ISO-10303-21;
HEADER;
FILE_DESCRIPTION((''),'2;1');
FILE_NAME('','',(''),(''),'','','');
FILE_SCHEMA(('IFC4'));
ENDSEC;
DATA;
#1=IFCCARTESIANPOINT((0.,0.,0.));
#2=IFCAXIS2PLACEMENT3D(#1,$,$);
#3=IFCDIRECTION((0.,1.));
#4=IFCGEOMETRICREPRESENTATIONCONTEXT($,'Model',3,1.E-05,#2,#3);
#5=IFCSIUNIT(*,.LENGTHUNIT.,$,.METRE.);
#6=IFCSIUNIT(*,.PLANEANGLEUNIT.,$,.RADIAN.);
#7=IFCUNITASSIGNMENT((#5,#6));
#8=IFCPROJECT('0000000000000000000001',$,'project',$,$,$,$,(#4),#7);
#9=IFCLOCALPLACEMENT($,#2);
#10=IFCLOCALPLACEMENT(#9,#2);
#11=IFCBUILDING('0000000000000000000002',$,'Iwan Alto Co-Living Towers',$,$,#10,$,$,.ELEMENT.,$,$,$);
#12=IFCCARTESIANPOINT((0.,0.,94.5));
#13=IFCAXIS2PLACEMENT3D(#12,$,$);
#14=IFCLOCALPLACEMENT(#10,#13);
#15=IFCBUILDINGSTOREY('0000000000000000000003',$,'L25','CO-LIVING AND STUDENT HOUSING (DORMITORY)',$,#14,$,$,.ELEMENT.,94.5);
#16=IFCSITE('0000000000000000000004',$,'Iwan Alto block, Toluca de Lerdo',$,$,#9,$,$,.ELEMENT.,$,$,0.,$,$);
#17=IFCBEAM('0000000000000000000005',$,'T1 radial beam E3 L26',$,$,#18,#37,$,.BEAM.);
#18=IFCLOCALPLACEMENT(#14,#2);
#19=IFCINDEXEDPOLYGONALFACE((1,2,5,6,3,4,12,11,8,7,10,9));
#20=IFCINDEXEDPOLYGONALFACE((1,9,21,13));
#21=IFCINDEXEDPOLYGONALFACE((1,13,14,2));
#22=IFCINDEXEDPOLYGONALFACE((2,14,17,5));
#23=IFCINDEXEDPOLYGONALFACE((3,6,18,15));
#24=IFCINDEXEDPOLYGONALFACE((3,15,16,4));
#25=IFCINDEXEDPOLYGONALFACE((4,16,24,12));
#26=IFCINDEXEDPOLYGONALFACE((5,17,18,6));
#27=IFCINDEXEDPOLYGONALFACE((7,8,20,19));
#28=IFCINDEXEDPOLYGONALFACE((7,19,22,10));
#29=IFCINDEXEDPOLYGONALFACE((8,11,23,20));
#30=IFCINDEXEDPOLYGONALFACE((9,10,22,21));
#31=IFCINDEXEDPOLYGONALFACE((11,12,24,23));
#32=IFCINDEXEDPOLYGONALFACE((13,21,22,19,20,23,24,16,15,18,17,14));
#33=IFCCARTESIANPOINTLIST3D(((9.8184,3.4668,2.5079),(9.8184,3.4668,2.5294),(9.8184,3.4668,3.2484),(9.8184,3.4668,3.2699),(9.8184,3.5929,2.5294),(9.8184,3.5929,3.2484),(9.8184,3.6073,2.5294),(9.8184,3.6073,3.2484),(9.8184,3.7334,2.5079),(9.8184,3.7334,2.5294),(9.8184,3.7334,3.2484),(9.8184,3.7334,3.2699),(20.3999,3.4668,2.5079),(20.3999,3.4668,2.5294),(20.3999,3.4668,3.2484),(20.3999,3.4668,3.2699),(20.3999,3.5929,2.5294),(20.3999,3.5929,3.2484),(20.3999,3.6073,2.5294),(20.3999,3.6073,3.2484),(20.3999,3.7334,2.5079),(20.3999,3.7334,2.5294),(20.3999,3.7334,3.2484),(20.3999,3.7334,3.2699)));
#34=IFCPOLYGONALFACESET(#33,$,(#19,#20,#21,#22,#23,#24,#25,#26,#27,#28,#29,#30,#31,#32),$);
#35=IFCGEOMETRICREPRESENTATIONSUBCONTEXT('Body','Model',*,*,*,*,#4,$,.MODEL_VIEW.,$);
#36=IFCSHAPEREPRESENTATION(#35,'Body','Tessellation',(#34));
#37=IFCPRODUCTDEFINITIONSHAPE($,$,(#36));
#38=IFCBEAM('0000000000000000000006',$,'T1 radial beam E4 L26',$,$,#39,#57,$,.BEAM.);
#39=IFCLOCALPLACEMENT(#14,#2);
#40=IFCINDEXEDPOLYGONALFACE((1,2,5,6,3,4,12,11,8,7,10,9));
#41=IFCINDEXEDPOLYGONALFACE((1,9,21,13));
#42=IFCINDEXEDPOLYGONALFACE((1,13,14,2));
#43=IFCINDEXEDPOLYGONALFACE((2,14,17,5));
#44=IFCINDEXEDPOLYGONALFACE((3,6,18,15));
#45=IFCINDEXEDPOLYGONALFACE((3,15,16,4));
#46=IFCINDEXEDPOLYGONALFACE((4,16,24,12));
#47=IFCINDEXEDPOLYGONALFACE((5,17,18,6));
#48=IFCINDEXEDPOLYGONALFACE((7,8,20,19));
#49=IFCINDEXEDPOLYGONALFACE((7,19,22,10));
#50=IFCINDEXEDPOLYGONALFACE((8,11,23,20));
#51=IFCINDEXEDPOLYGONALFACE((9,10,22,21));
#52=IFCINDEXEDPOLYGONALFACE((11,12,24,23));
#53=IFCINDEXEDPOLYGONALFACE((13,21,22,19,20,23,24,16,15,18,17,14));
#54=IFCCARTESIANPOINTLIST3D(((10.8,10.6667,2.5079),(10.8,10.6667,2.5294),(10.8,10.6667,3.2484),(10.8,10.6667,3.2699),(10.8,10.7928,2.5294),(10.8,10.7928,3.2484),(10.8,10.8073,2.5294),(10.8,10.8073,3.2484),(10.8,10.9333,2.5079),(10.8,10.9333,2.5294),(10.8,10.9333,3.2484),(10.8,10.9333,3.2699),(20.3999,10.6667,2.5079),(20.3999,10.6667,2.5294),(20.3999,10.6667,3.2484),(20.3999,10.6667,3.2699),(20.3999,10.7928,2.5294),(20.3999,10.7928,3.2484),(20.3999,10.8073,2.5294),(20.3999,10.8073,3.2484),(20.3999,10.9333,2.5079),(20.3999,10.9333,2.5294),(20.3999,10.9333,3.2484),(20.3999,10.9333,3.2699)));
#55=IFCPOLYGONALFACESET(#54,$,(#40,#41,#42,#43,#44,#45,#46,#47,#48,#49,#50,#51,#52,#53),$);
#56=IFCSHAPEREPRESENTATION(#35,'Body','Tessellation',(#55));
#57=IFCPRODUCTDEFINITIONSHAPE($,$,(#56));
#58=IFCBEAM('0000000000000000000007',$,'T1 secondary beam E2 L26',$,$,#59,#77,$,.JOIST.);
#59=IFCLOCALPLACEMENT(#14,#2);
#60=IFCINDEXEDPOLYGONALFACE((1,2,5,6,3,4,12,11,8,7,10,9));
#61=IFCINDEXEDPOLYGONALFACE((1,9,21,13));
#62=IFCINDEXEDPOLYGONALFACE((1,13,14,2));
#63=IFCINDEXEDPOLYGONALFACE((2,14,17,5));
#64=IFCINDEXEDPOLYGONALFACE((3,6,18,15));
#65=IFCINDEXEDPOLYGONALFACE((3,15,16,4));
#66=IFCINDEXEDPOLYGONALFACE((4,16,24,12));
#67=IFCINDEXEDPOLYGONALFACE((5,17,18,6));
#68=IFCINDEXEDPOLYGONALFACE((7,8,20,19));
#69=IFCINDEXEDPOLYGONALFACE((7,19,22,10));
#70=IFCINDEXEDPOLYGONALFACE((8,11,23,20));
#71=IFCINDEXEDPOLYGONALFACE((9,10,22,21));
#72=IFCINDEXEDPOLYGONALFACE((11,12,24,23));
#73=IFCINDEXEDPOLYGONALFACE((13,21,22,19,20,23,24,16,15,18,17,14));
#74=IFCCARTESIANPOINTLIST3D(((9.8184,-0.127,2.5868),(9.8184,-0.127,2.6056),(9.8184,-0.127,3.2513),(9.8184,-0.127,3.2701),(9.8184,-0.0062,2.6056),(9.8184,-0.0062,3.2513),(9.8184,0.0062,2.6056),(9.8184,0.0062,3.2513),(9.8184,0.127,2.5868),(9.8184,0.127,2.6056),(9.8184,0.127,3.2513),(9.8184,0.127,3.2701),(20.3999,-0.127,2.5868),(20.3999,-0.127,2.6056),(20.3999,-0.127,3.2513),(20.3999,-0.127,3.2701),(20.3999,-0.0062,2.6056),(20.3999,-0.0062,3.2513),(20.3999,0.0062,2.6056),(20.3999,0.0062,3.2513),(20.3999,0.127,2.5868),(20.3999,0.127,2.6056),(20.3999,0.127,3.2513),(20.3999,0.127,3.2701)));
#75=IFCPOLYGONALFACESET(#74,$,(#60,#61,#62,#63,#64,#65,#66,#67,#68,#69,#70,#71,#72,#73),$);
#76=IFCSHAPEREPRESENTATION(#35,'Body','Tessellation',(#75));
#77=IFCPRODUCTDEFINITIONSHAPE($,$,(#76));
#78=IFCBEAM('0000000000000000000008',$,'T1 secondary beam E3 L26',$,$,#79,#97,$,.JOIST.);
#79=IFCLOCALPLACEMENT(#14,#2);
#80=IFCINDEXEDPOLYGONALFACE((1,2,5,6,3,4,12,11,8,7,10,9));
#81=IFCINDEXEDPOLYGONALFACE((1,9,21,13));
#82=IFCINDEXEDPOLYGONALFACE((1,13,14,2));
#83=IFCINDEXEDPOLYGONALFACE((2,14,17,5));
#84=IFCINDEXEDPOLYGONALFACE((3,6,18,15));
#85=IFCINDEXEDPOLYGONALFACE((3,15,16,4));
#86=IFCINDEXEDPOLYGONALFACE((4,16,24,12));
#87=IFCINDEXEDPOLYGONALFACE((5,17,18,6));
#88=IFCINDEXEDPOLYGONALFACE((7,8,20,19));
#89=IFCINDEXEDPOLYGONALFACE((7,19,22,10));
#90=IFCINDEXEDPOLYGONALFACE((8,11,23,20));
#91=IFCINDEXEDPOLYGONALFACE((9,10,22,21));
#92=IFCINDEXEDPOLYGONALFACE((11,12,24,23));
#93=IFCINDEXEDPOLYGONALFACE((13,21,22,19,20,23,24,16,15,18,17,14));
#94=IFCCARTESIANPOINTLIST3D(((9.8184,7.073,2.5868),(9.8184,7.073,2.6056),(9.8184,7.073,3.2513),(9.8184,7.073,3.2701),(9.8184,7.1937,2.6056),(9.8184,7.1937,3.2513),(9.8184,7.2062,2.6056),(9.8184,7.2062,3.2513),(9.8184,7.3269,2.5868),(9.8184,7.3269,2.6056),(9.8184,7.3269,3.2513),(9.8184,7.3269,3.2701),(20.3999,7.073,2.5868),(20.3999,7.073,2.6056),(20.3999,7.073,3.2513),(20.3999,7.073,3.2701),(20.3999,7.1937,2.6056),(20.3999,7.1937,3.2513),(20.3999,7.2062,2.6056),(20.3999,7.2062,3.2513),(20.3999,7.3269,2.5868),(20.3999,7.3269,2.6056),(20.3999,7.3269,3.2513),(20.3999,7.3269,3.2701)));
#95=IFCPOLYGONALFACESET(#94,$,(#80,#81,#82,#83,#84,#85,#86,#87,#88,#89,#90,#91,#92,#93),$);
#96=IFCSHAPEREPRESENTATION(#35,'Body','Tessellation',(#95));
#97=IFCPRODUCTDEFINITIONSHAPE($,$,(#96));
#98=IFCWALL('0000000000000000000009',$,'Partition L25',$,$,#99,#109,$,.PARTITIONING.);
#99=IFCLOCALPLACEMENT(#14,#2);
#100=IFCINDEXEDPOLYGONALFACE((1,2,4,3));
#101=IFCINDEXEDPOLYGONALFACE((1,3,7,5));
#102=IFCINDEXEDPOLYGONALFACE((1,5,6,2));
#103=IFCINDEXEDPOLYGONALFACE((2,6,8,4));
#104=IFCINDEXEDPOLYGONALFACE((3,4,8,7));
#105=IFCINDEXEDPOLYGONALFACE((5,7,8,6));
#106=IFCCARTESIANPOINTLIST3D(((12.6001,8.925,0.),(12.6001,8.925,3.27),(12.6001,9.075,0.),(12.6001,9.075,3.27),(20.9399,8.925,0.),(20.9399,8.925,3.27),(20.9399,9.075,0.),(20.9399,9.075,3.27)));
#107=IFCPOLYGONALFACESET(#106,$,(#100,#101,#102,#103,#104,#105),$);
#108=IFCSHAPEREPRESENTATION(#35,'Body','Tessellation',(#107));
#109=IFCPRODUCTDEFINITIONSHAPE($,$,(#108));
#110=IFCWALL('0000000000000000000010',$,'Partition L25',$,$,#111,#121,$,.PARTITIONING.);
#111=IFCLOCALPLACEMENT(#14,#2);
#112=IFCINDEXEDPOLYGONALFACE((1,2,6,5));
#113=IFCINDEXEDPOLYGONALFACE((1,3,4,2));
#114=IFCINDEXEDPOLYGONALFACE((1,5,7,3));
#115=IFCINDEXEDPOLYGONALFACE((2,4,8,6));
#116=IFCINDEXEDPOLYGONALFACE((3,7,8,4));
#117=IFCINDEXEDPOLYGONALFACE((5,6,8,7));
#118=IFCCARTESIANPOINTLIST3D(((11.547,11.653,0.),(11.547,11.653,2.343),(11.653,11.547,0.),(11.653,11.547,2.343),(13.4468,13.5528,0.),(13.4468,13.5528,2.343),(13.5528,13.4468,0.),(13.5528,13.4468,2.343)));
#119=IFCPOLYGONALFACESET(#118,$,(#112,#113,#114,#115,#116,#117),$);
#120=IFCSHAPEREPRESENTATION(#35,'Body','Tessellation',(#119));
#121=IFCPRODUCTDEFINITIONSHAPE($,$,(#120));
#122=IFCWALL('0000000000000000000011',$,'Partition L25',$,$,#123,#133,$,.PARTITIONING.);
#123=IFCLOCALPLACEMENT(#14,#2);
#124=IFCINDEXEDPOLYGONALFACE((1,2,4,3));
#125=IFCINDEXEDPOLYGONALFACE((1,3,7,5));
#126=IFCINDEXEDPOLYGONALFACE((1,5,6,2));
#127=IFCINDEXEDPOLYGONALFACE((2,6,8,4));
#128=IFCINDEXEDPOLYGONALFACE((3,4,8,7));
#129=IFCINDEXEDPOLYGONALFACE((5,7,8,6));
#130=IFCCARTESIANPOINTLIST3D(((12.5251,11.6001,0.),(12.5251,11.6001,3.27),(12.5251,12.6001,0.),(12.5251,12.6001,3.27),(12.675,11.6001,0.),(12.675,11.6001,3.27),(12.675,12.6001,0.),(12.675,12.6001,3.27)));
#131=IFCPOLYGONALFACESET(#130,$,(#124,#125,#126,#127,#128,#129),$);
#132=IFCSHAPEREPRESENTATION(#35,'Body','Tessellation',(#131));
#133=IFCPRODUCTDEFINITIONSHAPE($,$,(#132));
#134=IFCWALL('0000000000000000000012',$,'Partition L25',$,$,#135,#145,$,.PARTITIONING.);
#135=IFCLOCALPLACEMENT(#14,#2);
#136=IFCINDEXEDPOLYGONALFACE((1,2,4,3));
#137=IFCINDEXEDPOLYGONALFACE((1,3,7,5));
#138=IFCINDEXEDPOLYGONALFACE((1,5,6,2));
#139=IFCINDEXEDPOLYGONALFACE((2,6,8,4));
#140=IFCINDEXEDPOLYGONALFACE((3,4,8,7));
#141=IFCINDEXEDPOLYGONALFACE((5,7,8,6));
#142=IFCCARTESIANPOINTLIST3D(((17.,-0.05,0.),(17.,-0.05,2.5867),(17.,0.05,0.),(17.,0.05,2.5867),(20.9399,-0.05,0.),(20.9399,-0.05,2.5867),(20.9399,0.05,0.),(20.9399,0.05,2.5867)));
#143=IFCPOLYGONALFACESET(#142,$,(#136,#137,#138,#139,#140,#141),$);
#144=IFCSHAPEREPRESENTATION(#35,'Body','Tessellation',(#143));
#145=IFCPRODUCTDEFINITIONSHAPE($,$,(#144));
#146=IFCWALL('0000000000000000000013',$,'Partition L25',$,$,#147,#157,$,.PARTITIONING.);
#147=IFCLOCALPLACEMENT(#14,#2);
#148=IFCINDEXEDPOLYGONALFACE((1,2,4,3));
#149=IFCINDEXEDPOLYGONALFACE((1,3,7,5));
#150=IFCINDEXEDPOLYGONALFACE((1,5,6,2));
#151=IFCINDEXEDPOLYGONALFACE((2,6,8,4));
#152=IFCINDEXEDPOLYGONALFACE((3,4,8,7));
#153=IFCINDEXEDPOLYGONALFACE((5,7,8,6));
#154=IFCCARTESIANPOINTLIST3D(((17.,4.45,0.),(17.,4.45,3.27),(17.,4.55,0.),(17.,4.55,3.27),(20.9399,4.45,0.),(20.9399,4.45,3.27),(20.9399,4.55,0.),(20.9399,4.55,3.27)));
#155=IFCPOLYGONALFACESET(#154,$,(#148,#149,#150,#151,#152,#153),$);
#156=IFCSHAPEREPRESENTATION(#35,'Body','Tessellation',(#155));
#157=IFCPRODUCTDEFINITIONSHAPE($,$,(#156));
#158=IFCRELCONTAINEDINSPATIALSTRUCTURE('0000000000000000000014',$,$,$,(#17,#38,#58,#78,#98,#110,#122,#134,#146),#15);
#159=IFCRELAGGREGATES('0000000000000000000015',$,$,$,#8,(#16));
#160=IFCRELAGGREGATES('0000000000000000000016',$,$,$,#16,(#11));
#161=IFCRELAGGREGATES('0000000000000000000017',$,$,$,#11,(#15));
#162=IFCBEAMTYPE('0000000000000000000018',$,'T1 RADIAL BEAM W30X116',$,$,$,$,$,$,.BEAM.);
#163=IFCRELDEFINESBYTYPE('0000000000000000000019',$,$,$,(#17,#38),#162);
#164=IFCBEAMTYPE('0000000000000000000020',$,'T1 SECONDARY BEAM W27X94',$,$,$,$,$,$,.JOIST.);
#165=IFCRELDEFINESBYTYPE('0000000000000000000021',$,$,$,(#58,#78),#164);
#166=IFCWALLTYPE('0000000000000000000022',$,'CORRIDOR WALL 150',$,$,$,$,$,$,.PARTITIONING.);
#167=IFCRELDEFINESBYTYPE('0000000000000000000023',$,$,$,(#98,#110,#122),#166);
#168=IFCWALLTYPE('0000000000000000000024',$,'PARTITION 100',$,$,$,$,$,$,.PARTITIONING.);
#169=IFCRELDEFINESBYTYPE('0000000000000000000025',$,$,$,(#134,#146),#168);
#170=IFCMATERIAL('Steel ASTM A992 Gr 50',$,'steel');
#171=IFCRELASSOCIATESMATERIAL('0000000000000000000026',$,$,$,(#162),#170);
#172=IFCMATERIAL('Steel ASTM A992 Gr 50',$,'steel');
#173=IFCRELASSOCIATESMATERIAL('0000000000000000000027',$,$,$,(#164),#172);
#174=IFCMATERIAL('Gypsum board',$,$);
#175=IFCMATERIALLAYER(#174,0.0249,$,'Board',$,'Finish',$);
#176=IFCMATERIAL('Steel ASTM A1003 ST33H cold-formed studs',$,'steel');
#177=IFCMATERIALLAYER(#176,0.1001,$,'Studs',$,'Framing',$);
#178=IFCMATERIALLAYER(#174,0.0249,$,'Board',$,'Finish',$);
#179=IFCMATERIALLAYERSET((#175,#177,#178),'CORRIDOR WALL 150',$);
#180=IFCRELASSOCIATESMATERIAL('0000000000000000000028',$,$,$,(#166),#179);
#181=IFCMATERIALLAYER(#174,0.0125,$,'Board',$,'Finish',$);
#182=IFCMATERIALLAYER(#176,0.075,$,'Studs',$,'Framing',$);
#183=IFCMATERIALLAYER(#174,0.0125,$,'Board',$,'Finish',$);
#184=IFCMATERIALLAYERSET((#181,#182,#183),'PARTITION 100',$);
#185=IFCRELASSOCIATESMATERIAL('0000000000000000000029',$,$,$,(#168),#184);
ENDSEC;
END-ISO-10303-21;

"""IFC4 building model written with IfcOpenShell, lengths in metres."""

from ifc_helpers import new_model, si_unit, direction, frame, frame_2d, origin, origin_2d, place, context, subcontext, project, spatial, rectangle, i_section, extrude, material, layer, layer_set, material_profile, profile_set, type_object, element, save


model = new_model("IFC4")

# Units and contexts
model_context = context("Model", 3, precision=1e-05, world=origin(), true_north=direction((0.0, 1.0)))
body_context = subcontext(model_context, "Body", "Model", "MODEL_VIEW")
ifc_project = project(units=[si_unit("LENGTHUNIT", "METRE"), si_unit("PLANEANGLEUNIT", "RADIAN")], contexts=[model_context])

# Site, building, storey
site_placement = place(None, origin())
site = spatial("IfcSite", under=ifc_project, at=site_placement, Name="Iwan Alto block, Toluca de Lerdo", CompositionType="ELEMENT", RefElevation=0.0)
building_placement = place(site_placement, origin())
building = spatial("IfcBuilding", under=site, at=building_placement, Name="Iwan Alto Co-Living Towers", CompositionType="ELEMENT")
storey_placement = place(building_placement, frame((0.0, 0.0, 94.5)))
storey = spatial("IfcBuildingStorey", under=building, at=storey_placement, Name="L25", Description="CO-LIVING AND STUDENT HOUSING (DORMITORY)", CompositionType="ELEMENT", Elevation=94.5)

# Beams
ifc_material_1 = material(Name="Steel ASTM A992 Gr 50", Category="steel")
ifc_material_profile_1 = material_profile(ifc_material_1, i_section(OverallWidth=0.2666, OverallDepth=0.762, WebThickness=0.0144, FlangeThickness=0.0215, at=origin_2d()), Name="W30X116")
ifc_profile_set_1 = profile_set([ifc_material_profile_1], Name="Steel ASTM A992 Gr 50")
beam_type_1 = type_object("IfcBeamType", Name="T1 RADIAL BEAM W30X116", PredefinedType="BEAM", material=ifc_profile_set_1)
beam_1_placement = place(storey_placement, frame((20.3999, 3.6001, 2.8889), z_axis=(-1.0, 0.0, 0.0), x_axis=(0.0, -1.0, 0.0)))
element("IfcBeam", 1, at=beam_1_placement, inside=storey, type_object=beam_type_1, Name="T1 radial beam E3 L26", PredefinedType="BEAM", context=body_context, shape_type="SweptSolid", body=[
    extrude(i_section(OverallWidth=0.2666, OverallDepth=0.762, WebThickness=0.0144, FlangeThickness=0.0215, at=origin_2d()), origin(), (0.0, 0.0, 1.0), 10.5815),
])
beam_2_placement = place(storey_placement, frame((20.3999, 10.8, 2.8889), z_axis=(-1.0, 0.0, 0.0), x_axis=(0.0, -1.0, 0.0)))
element("IfcBeam", 2, at=beam_2_placement, inside=storey, type_object=beam_type_1, Name="T1 radial beam E4 L26", PredefinedType="BEAM", context=body_context, shape_type="SweptSolid", body=[
    extrude(i_section(OverallWidth=0.2666, OverallDepth=0.762, WebThickness=0.0144, FlangeThickness=0.0215, at=origin_2d()), origin(), (0.0, 0.0, 1.0), 9.5999),
])
ifc_material_2 = material(Name="Steel ASTM A992 Gr 50", Category="steel")
ifc_material_profile_2 = material_profile(ifc_material_2, i_section(OverallWidth=0.2539, OverallDepth=0.6833, WebThickness=0.0125, FlangeThickness=0.0188, at=origin_2d()), Name="W27X94")
ifc_profile_set_2 = profile_set([ifc_material_profile_2], Name="Steel ASTM A992 Gr 50")
beam_type_2 = type_object("IfcBeamType", Name="T1 SECONDARY BEAM W27X94", PredefinedType="JOIST", material=ifc_profile_set_2)
for number, where, z_axis, x_axis, name in (
    (3, (20.3999, 0.0, 2.9285), (-1.0, 0.0, 0.0), (0.0, -1.0, 0.0), "T1 secondary beam E2 L26"),
    (4, (20.3999, 7.2, 2.9285), (-1.0, 0.0, 0.0), (0.0, -1.0, 0.0), "T1 secondary beam E3 L26"),
):
    element("IfcBeam", number, at=place(storey_placement, frame(where, z_axis=z_axis, x_axis=x_axis)), inside=storey, type_object=beam_type_2, Name=name, PredefinedType="JOIST", context=body_context, shape_type="SweptSolid", body=[
        extrude(i_section(OverallWidth=0.2539, OverallDepth=0.6833, WebThickness=0.0125, FlangeThickness=0.0188, at=origin_2d()), origin(), (0.0, 0.0, 1.0), 10.5815),
    ])

# Walls
ifc_material_3 = material(Name="Gypsum board")
ifc_layer_1 = layer(ifc_material_3, 0.0249, Name="Board", Category="Finish")
ifc_material_4 = material(Name="Steel ASTM A1003 ST33H cold-formed studs", Category="steel")
ifc_layer_2 = layer(ifc_material_4, 0.1001, Name="Studs", Category="Framing")
ifc_layer_3 = layer(ifc_material_3, 0.0249, Name="Board", Category="Finish")
ifc_layer_set_1 = layer_set([ifc_layer_1, ifc_layer_2, ifc_layer_3], Name="CORRIDOR WALL 150")
wall_type_1 = type_object("IfcWallType", Name="CORRIDOR WALL 150", PredefinedType="PARTITIONING", material=ifc_layer_set_1)
wall_1_placement = place(storey_placement, frame((12.6001, 9.0, 0.0), z_axis=(0.0, 0.0, 1.0), x_axis=(1.0, 0.0, 0.0)))
element("IfcWall", 5, at=wall_1_placement, inside=storey, type_object=wall_type_1, Name="Partition L25", PredefinedType="PARTITIONING", context=body_context, shape_type="SweptSolid", body=[
    extrude(rectangle(XDim=8.3398, YDim=0.1499, at=frame_2d((4.1699, 0.0))), origin(), (0.0, 0.0, 1.0), 3.27),
])
wall_2_placement = place(storey_placement, frame((11.6001, 11.6001, 0.0), z_axis=(0.0, 0.0, 1.0), x_axis=(0.707107, 0.707107, 0.0)))
element("IfcWall", 6, at=wall_2_placement, inside=storey, type_object=wall_type_1, Name="Partition L25", PredefinedType="PARTITIONING", context=body_context, shape_type="SweptSolid", body=[
    extrude(rectangle(XDim=2.6868, YDim=0.1499, at=frame_2d((1.3433, 0.0))), origin(), (0.0, 0.0, 1.0), 2.343),
])
wall_3_placement = place(storey_placement, frame((12.6001, 11.6001, 0.0), z_axis=(0.0, 0.0, 1.0), x_axis=(0.0, 1.0, 0.0)))
element("IfcWall", 7, at=wall_3_placement, inside=storey, type_object=wall_type_1, Name="Partition L25", PredefinedType="PARTITIONING", context=body_context, shape_type="SweptSolid", body=[
    extrude(rectangle(XDim=1.0, YDim=0.1499, at=frame_2d((0.5, 0.0))), origin(), (0.0, 0.0, 1.0), 3.27),
])
ifc_layer_4 = layer(ifc_material_3, 0.0125, Name="Board", Category="Finish")
ifc_layer_5 = layer(ifc_material_4, 0.075, Name="Studs", Category="Framing")
ifc_layer_6 = layer(ifc_material_3, 0.0125, Name="Board", Category="Finish")
ifc_layer_set_2 = layer_set([ifc_layer_4, ifc_layer_5, ifc_layer_6], Name="PARTITION 100")
wall_type_2 = type_object("IfcWallType", Name="PARTITION 100", PredefinedType="PARTITIONING", material=ifc_layer_set_2)
wall_4_placement = place(storey_placement, frame((17.0, 0.0, 0.0), z_axis=(0.0, 0.0, 1.0), x_axis=(1.0, 0.0, 0.0)))
element("IfcWall", 8, at=wall_4_placement, inside=storey, type_object=wall_type_2, Name="Partition L25", PredefinedType="PARTITIONING", context=body_context, shape_type="SweptSolid", body=[
    extrude(rectangle(XDim=3.9399, YDim=0.1001, at=frame_2d((1.97, 0.0))), origin(), (0.0, 0.0, 1.0), 2.5867),
])
wall_5_placement = place(storey_placement, frame((17.0, 4.5, 0.0), z_axis=(0.0, 0.0, 1.0), x_axis=(1.0, 0.0, 0.0)))
element("IfcWall", 9, at=wall_5_placement, inside=storey, type_object=wall_type_2, Name="Partition L25", PredefinedType="PARTITIONING", context=body_context, shape_type="SweptSolid", body=[
    extrude(rectangle(XDim=3.9399, YDim=0.1001, at=frame_2d((1.97, 0.0))), origin(), (0.0, 0.0, 1.0), 3.27),
])

save(model, "model.ifc")
